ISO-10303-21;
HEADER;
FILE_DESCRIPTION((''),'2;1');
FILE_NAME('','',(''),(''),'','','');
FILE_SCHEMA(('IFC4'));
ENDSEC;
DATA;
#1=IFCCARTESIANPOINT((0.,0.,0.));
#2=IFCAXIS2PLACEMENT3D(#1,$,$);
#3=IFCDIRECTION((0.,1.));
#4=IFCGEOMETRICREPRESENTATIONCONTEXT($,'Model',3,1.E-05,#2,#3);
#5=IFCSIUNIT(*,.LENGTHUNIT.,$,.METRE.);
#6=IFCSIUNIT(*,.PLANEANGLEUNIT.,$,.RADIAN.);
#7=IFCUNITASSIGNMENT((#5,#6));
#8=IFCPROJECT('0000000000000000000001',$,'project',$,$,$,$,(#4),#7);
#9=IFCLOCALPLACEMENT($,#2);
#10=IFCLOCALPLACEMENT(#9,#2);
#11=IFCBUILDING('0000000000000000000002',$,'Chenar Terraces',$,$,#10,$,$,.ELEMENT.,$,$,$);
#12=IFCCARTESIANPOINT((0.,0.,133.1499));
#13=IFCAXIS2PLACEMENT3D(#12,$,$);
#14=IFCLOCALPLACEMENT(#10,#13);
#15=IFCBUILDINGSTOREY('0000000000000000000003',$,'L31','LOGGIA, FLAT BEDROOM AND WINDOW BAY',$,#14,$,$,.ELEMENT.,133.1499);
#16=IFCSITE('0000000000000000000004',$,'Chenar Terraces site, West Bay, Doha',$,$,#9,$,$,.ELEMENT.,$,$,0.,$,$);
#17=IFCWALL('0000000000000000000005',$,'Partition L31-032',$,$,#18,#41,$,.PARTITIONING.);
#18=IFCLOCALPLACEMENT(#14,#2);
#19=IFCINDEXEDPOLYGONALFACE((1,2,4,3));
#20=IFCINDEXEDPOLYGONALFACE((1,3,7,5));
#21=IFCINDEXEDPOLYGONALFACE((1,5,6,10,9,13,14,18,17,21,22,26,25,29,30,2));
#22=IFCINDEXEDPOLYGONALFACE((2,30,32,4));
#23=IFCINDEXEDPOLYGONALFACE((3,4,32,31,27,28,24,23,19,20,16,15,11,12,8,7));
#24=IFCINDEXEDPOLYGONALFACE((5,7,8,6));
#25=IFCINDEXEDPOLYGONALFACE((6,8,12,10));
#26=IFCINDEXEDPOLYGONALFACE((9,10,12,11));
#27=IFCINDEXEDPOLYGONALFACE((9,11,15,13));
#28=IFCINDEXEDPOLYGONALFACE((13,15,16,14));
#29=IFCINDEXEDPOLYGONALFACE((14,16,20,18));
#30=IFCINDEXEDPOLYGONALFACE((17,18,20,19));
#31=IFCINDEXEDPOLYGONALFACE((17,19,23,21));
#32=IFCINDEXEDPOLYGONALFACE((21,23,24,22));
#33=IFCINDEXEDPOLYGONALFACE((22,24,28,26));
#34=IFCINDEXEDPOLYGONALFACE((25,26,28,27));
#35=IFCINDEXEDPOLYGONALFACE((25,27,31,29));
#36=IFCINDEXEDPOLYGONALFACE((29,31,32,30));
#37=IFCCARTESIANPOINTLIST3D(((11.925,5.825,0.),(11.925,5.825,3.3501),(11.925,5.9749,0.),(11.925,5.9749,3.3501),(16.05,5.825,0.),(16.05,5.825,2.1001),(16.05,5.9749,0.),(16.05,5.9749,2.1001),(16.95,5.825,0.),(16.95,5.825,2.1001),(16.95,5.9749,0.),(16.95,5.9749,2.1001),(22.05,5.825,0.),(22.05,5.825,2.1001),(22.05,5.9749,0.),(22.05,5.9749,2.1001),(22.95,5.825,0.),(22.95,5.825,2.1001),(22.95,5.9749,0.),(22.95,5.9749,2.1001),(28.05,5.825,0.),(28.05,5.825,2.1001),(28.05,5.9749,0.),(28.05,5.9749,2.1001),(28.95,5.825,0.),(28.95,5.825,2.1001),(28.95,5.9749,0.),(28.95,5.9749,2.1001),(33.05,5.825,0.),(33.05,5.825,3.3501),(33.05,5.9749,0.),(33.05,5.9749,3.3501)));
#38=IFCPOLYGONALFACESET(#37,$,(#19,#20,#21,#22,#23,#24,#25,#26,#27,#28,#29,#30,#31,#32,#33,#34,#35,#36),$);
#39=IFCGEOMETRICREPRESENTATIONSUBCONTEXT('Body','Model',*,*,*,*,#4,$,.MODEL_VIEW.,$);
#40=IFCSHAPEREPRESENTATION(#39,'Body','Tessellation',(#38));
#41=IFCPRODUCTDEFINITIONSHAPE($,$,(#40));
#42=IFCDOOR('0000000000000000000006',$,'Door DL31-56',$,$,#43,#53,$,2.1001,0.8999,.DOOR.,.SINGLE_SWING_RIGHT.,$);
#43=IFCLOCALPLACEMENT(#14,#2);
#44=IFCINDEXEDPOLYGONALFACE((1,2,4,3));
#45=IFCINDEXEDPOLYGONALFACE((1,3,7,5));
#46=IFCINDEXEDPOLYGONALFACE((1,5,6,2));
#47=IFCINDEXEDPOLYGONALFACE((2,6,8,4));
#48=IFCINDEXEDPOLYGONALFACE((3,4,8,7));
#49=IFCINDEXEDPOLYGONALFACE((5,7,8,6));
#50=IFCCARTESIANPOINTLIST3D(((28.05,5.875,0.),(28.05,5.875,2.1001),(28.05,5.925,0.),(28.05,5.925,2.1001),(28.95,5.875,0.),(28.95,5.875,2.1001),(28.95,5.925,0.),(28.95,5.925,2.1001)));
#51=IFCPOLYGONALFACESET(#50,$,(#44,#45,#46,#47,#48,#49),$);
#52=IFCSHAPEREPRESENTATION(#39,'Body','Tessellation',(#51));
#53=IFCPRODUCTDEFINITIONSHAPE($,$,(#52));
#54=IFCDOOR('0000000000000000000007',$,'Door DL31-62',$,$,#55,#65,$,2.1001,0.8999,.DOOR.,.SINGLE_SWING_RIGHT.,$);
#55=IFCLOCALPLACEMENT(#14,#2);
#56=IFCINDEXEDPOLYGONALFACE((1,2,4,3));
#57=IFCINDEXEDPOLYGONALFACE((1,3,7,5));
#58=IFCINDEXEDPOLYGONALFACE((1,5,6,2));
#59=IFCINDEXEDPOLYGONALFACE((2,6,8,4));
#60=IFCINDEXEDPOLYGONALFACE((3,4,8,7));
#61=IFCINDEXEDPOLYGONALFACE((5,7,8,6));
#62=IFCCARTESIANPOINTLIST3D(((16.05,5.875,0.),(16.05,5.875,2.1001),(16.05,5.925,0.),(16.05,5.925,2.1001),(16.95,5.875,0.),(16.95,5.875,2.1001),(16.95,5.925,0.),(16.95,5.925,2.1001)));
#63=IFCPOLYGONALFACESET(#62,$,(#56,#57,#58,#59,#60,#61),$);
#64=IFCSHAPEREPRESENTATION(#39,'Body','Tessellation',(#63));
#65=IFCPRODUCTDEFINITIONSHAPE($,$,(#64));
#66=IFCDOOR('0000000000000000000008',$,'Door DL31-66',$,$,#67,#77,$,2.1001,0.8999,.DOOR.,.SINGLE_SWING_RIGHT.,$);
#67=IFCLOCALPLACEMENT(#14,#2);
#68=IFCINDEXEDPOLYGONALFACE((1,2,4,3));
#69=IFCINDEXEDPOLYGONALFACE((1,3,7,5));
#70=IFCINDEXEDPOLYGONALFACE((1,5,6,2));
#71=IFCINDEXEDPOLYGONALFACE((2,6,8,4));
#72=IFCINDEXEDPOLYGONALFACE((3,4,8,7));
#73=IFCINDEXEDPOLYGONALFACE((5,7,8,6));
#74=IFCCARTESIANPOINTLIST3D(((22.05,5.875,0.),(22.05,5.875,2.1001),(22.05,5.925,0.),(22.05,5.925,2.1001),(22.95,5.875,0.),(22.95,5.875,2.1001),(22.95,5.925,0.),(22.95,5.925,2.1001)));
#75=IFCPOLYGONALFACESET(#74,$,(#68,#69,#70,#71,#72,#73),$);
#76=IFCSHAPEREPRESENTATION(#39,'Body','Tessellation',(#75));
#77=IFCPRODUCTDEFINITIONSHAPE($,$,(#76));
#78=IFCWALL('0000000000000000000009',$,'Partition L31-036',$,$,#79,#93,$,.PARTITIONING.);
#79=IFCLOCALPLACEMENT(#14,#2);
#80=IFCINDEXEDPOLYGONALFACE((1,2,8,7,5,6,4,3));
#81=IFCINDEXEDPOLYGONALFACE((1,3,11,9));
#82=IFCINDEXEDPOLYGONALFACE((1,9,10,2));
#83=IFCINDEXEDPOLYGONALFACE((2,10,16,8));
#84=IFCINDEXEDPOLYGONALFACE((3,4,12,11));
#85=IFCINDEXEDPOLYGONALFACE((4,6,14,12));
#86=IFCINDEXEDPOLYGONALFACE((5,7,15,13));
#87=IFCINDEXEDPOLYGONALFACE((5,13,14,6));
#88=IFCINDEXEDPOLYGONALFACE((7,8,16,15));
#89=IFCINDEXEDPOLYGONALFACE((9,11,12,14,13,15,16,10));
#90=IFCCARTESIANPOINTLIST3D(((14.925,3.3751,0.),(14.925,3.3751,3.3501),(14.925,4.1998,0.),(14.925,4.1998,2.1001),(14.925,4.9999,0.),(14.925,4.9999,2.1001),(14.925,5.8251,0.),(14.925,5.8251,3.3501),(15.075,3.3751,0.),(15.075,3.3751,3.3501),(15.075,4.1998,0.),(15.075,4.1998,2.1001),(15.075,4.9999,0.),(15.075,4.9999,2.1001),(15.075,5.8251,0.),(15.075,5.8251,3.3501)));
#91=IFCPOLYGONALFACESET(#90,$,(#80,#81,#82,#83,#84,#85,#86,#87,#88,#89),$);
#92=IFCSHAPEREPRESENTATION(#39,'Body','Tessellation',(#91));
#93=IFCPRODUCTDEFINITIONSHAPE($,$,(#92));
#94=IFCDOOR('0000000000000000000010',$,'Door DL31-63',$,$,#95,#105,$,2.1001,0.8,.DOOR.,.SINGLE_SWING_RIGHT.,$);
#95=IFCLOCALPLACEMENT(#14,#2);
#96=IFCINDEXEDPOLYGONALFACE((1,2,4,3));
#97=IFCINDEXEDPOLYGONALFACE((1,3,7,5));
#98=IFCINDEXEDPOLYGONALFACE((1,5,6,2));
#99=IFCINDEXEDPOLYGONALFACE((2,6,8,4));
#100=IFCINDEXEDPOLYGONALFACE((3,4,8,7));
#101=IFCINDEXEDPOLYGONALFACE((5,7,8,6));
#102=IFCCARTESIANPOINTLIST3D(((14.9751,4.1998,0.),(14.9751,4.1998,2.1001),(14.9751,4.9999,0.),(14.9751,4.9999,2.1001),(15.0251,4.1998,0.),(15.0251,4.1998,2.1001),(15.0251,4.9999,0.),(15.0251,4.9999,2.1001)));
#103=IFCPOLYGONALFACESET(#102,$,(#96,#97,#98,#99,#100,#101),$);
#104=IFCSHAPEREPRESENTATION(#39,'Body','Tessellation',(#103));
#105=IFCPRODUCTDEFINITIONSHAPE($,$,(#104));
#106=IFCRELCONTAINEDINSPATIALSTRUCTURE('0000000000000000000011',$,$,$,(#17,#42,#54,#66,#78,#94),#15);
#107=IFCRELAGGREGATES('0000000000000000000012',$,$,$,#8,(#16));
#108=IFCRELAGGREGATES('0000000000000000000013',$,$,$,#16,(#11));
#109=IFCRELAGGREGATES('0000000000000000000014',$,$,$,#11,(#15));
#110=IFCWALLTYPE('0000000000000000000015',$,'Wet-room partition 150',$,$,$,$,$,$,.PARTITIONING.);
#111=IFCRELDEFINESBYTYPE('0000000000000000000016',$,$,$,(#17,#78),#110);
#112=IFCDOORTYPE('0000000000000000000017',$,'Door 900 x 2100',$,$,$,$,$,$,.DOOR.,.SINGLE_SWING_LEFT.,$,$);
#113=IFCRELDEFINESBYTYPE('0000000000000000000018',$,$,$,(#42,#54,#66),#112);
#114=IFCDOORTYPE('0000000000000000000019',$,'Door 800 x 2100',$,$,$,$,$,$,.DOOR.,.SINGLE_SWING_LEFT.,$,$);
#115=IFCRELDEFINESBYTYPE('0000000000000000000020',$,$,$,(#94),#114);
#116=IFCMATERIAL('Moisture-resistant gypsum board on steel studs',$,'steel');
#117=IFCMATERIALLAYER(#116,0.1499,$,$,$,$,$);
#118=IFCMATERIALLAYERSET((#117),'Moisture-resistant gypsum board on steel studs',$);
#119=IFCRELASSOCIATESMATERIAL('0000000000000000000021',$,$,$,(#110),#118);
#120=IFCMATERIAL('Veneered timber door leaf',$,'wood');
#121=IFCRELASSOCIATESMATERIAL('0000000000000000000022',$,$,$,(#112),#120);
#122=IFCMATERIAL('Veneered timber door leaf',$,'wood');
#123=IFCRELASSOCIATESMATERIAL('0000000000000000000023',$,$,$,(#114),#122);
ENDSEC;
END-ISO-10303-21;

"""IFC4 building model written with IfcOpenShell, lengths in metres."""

from ifc_helpers import new_model, si_unit, direction, frame, frame_2d, origin, place, context, subcontext, project, spatial, rectangle, extrude, material, layer, layer_set, type_object, element, fill, save


model = new_model("IFC4")

# Units and contexts
model_context = context("Model", 3, precision=1e-05, world=origin(), true_north=direction((0.0, 1.0)))
body_context = subcontext(model_context, "Body", "Model", "MODEL_VIEW")
ifc_project = project(units=[si_unit("LENGTHUNIT", "METRE"), si_unit("PLANEANGLEUNIT", "RADIAN")], contexts=[model_context])

# Site, building, storey
site_placement = place(None, origin())
site = spatial("IfcSite", under=ifc_project, at=site_placement, Name="Chenar Terraces site, West Bay, Doha", CompositionType="ELEMENT", RefElevation=0.0)
building_placement = place(site_placement, origin())
building = spatial("IfcBuilding", under=site, at=building_placement, Name="Chenar Terraces", CompositionType="ELEMENT")
storey_placement = place(building_placement, frame((0.0, 0.0, 133.1499)))
storey = spatial("IfcBuildingStorey", under=building, at=storey_placement, Name="L31", Description="LOGGIA, FLAT BEDROOM AND WINDOW BAY", CompositionType="ELEMENT", Elevation=133.1499)

# Wall, openings, doors
ifc_material_1 = material(Name="Moisture-resistant gypsum board on steel studs", Category="steel")
ifc_layer_1 = layer(ifc_material_1, 0.1499)
ifc_layer_set_1 = layer_set([ifc_layer_1], Name="Moisture-resistant gypsum board on steel studs")
wall_type_1 = type_object("IfcWallType", Name="Wet-room partition 150", PredefinedType="PARTITIONING", material=ifc_layer_set_1)
wall_1_placement = place(storey_placement, frame((11.925, 5.8999, 0.0), z_axis=(0.0, 0.0, 1.0), x_axis=(1.0, 0.0, 0.0)))
wall_1 = element("IfcWall", 1, at=wall_1_placement, inside=storey, type_object=wall_type_1, Name="Partition L31-032", PredefinedType="PARTITIONING", context=body_context, shape_type="SweptSolid", body=[
    extrude(rectangle(XDim=21.125, YDim=0.1499, at=frame_2d((10.5625, 0.0))), origin(), (0.0, 0.0, 1.0), 3.3501),
])
opening_1_placement = place(wall_1_placement, frame((16.125, 0.0, 0.0)))
opening_1 = element("IfcOpeningElement", 2, at=opening_1_placement, cuts=wall_1, PredefinedType="OPENING", context=body_context, shape_type="SweptSolid", body=[
    extrude(rectangle(XDim=0.8999, YDim=2.1001, at=frame_2d((0.45, 1.05))), frame((0.0, 0.085, 0.0), z_axis=(0.0, -1.0, 0.0), x_axis=(1.0, 0.0, 0.0)), (0.0, 0.0, 1.0), 0.1699),
])
opening_2_placement = place(wall_1_placement, frame((4.125, 0.0, 0.0)))
opening_2 = element("IfcOpeningElement", 3, at=opening_2_placement, cuts=wall_1, PredefinedType="OPENING", context=body_context, shape_type="SweptSolid", body=[
    extrude(rectangle(XDim=0.8999, YDim=2.1001, at=frame_2d((0.45, 1.05))), frame((0.0, 0.085, 0.0), z_axis=(0.0, -1.0, 0.0), x_axis=(1.0, 0.0, 0.0)), (0.0, 0.0, 1.0), 0.1699),
])
opening_3_placement = place(wall_1_placement, frame((10.125, 0.0, 0.0)))
opening_3 = element("IfcOpeningElement", 4, at=opening_3_placement, cuts=wall_1, PredefinedType="OPENING", context=body_context, shape_type="SweptSolid", body=[
    extrude(rectangle(XDim=0.8999, YDim=2.1001, at=frame_2d((0.45, 1.05))), frame((0.0, 0.085, 0.0), z_axis=(0.0, -1.0, 0.0), x_axis=(1.0, 0.0, 0.0)), (0.0, 0.0, 1.0), 0.1699),
])
ifc_material_2 = material(Name="Veneered timber door leaf", Category="wood")
door_type_1 = type_object("IfcDoorType", Name="Door 900 x 2100", OperationType="SINGLE_SWING_LEFT", PredefinedType="DOOR", material=ifc_material_2)
door_1_placement = place(opening_1_placement, frame((0.8999, 0.0, 0.0), z_axis=(0.0, 0.0, 1.0), x_axis=(-1.0, 0.0, 0.0)))
door_1 = element("IfcDoor", 5, at=door_1_placement, inside=storey, type_object=door_type_1, Name="Door DL31-56", OperationType="SINGLE_SWING_RIGHT", OverallHeight=2.1001, OverallWidth=0.8999, PredefinedType="DOOR", context=body_context, shape_type="SweptSolid", body=[
    extrude(rectangle(XDim=0.8999, YDim=2.1001, at=frame_2d((0.45, 1.05))), frame((0.0, 0.0249, 0.0), z_axis=(0.0, -1.0, 0.0), x_axis=(1.0, 0.0, 0.0)), (0.0, 0.0, 1.0), 0.05),
])
fill(opening_1, door_1)
door_2_placement = place(opening_2_placement, frame((0.8999, 0.0, 0.0), z_axis=(0.0, 0.0, 1.0), x_axis=(-1.0, 0.0, 0.0)))
door_2 = element("IfcDoor", 6, at=door_2_placement, inside=storey, type_object=door_type_1, Name="Door DL31-62", OperationType="SINGLE_SWING_RIGHT", OverallHeight=2.1001, OverallWidth=0.8999, PredefinedType="DOOR", context=body_context, shape_type="SweptSolid", body=[
    extrude(rectangle(XDim=0.8999, YDim=2.1001, at=frame_2d((0.45, 1.05))), frame((0.0, 0.0249, 0.0), z_axis=(0.0, -1.0, 0.0), x_axis=(1.0, 0.0, 0.0)), (0.0, 0.0, 1.0), 0.05),
])
fill(opening_2, door_2)
door_3_placement = place(opening_3_placement, frame((0.8999, 0.0, 0.0), z_axis=(0.0, 0.0, 1.0), x_axis=(-1.0, 0.0, 0.0)))
door_3 = element("IfcDoor", 7, at=door_3_placement, inside=storey, type_object=door_type_1, Name="Door DL31-66", OperationType="SINGLE_SWING_RIGHT", OverallHeight=2.1001, OverallWidth=0.8999, PredefinedType="DOOR", context=body_context, shape_type="SweptSolid", body=[
    extrude(rectangle(XDim=0.8999, YDim=2.1001, at=frame_2d((0.45, 1.05))), frame((0.0, 0.0249, 0.0), z_axis=(0.0, -1.0, 0.0), x_axis=(1.0, 0.0, 0.0)), (0.0, 0.0, 1.0), 0.05),
])
fill(opening_3, door_3)

# Wall, opening, door
wall_2_placement = place(storey_placement, frame((15.0, 3.375, 0.0), z_axis=(0.0, 0.0, 1.0), x_axis=(0.0, 1.0, 0.0)))
wall_2 = element("IfcWall", 8, at=wall_2_placement, inside=storey, type_object=wall_type_1, Name="Partition L31-036", PredefinedType="PARTITIONING", context=body_context, shape_type="SweptSolid", body=[
    extrude(rectangle(XDim=2.45, YDim=0.1499, at=frame_2d((1.2251, 0.0))), origin(), (0.0, 0.0, 1.0), 3.3501),
])
opening_4_placement = place(wall_2_placement, frame((0.825, 0.0, 0.0)))
opening_4 = element("IfcOpeningElement", 9, at=opening_4_placement, cuts=wall_2, PredefinedType="OPENING", context=body_context, shape_type="SweptSolid", body=[
    extrude(rectangle(XDim=0.8, YDim=2.1001, at=frame_2d((0.3999, 1.05))), frame((0.0, 0.085, 0.0), z_axis=(0.0, -1.0, 0.0), x_axis=(1.0, 0.0, 0.0)), (0.0, 0.0, 1.0), 0.1699),
])
ifc_material_3 = material(Name="Veneered timber door leaf", Category="wood")
door_type_2 = type_object("IfcDoorType", Name="Door 800 x 2100", OperationType="SINGLE_SWING_LEFT", PredefinedType="DOOR", material=ifc_material_3)
door_4_placement = place(opening_4_placement, origin())
door_4 = element("IfcDoor", 10, at=door_4_placement, inside=storey, type_object=door_type_2, Name="Door DL31-63", OperationType="SINGLE_SWING_RIGHT", OverallHeight=2.1001, OverallWidth=0.8, PredefinedType="DOOR", context=body_context, shape_type="SweptSolid", body=[
    extrude(rectangle(XDim=0.8, YDim=2.1001, at=frame_2d((0.3999, 1.05))), frame((0.0, 0.0249, 0.0), z_axis=(0.0, -1.0, 0.0), x_axis=(1.0, 0.0, 0.0)), (0.0, 0.0, 1.0), 0.05),
])
fill(opening_4, door_4)

save(model, "model.ifc")
